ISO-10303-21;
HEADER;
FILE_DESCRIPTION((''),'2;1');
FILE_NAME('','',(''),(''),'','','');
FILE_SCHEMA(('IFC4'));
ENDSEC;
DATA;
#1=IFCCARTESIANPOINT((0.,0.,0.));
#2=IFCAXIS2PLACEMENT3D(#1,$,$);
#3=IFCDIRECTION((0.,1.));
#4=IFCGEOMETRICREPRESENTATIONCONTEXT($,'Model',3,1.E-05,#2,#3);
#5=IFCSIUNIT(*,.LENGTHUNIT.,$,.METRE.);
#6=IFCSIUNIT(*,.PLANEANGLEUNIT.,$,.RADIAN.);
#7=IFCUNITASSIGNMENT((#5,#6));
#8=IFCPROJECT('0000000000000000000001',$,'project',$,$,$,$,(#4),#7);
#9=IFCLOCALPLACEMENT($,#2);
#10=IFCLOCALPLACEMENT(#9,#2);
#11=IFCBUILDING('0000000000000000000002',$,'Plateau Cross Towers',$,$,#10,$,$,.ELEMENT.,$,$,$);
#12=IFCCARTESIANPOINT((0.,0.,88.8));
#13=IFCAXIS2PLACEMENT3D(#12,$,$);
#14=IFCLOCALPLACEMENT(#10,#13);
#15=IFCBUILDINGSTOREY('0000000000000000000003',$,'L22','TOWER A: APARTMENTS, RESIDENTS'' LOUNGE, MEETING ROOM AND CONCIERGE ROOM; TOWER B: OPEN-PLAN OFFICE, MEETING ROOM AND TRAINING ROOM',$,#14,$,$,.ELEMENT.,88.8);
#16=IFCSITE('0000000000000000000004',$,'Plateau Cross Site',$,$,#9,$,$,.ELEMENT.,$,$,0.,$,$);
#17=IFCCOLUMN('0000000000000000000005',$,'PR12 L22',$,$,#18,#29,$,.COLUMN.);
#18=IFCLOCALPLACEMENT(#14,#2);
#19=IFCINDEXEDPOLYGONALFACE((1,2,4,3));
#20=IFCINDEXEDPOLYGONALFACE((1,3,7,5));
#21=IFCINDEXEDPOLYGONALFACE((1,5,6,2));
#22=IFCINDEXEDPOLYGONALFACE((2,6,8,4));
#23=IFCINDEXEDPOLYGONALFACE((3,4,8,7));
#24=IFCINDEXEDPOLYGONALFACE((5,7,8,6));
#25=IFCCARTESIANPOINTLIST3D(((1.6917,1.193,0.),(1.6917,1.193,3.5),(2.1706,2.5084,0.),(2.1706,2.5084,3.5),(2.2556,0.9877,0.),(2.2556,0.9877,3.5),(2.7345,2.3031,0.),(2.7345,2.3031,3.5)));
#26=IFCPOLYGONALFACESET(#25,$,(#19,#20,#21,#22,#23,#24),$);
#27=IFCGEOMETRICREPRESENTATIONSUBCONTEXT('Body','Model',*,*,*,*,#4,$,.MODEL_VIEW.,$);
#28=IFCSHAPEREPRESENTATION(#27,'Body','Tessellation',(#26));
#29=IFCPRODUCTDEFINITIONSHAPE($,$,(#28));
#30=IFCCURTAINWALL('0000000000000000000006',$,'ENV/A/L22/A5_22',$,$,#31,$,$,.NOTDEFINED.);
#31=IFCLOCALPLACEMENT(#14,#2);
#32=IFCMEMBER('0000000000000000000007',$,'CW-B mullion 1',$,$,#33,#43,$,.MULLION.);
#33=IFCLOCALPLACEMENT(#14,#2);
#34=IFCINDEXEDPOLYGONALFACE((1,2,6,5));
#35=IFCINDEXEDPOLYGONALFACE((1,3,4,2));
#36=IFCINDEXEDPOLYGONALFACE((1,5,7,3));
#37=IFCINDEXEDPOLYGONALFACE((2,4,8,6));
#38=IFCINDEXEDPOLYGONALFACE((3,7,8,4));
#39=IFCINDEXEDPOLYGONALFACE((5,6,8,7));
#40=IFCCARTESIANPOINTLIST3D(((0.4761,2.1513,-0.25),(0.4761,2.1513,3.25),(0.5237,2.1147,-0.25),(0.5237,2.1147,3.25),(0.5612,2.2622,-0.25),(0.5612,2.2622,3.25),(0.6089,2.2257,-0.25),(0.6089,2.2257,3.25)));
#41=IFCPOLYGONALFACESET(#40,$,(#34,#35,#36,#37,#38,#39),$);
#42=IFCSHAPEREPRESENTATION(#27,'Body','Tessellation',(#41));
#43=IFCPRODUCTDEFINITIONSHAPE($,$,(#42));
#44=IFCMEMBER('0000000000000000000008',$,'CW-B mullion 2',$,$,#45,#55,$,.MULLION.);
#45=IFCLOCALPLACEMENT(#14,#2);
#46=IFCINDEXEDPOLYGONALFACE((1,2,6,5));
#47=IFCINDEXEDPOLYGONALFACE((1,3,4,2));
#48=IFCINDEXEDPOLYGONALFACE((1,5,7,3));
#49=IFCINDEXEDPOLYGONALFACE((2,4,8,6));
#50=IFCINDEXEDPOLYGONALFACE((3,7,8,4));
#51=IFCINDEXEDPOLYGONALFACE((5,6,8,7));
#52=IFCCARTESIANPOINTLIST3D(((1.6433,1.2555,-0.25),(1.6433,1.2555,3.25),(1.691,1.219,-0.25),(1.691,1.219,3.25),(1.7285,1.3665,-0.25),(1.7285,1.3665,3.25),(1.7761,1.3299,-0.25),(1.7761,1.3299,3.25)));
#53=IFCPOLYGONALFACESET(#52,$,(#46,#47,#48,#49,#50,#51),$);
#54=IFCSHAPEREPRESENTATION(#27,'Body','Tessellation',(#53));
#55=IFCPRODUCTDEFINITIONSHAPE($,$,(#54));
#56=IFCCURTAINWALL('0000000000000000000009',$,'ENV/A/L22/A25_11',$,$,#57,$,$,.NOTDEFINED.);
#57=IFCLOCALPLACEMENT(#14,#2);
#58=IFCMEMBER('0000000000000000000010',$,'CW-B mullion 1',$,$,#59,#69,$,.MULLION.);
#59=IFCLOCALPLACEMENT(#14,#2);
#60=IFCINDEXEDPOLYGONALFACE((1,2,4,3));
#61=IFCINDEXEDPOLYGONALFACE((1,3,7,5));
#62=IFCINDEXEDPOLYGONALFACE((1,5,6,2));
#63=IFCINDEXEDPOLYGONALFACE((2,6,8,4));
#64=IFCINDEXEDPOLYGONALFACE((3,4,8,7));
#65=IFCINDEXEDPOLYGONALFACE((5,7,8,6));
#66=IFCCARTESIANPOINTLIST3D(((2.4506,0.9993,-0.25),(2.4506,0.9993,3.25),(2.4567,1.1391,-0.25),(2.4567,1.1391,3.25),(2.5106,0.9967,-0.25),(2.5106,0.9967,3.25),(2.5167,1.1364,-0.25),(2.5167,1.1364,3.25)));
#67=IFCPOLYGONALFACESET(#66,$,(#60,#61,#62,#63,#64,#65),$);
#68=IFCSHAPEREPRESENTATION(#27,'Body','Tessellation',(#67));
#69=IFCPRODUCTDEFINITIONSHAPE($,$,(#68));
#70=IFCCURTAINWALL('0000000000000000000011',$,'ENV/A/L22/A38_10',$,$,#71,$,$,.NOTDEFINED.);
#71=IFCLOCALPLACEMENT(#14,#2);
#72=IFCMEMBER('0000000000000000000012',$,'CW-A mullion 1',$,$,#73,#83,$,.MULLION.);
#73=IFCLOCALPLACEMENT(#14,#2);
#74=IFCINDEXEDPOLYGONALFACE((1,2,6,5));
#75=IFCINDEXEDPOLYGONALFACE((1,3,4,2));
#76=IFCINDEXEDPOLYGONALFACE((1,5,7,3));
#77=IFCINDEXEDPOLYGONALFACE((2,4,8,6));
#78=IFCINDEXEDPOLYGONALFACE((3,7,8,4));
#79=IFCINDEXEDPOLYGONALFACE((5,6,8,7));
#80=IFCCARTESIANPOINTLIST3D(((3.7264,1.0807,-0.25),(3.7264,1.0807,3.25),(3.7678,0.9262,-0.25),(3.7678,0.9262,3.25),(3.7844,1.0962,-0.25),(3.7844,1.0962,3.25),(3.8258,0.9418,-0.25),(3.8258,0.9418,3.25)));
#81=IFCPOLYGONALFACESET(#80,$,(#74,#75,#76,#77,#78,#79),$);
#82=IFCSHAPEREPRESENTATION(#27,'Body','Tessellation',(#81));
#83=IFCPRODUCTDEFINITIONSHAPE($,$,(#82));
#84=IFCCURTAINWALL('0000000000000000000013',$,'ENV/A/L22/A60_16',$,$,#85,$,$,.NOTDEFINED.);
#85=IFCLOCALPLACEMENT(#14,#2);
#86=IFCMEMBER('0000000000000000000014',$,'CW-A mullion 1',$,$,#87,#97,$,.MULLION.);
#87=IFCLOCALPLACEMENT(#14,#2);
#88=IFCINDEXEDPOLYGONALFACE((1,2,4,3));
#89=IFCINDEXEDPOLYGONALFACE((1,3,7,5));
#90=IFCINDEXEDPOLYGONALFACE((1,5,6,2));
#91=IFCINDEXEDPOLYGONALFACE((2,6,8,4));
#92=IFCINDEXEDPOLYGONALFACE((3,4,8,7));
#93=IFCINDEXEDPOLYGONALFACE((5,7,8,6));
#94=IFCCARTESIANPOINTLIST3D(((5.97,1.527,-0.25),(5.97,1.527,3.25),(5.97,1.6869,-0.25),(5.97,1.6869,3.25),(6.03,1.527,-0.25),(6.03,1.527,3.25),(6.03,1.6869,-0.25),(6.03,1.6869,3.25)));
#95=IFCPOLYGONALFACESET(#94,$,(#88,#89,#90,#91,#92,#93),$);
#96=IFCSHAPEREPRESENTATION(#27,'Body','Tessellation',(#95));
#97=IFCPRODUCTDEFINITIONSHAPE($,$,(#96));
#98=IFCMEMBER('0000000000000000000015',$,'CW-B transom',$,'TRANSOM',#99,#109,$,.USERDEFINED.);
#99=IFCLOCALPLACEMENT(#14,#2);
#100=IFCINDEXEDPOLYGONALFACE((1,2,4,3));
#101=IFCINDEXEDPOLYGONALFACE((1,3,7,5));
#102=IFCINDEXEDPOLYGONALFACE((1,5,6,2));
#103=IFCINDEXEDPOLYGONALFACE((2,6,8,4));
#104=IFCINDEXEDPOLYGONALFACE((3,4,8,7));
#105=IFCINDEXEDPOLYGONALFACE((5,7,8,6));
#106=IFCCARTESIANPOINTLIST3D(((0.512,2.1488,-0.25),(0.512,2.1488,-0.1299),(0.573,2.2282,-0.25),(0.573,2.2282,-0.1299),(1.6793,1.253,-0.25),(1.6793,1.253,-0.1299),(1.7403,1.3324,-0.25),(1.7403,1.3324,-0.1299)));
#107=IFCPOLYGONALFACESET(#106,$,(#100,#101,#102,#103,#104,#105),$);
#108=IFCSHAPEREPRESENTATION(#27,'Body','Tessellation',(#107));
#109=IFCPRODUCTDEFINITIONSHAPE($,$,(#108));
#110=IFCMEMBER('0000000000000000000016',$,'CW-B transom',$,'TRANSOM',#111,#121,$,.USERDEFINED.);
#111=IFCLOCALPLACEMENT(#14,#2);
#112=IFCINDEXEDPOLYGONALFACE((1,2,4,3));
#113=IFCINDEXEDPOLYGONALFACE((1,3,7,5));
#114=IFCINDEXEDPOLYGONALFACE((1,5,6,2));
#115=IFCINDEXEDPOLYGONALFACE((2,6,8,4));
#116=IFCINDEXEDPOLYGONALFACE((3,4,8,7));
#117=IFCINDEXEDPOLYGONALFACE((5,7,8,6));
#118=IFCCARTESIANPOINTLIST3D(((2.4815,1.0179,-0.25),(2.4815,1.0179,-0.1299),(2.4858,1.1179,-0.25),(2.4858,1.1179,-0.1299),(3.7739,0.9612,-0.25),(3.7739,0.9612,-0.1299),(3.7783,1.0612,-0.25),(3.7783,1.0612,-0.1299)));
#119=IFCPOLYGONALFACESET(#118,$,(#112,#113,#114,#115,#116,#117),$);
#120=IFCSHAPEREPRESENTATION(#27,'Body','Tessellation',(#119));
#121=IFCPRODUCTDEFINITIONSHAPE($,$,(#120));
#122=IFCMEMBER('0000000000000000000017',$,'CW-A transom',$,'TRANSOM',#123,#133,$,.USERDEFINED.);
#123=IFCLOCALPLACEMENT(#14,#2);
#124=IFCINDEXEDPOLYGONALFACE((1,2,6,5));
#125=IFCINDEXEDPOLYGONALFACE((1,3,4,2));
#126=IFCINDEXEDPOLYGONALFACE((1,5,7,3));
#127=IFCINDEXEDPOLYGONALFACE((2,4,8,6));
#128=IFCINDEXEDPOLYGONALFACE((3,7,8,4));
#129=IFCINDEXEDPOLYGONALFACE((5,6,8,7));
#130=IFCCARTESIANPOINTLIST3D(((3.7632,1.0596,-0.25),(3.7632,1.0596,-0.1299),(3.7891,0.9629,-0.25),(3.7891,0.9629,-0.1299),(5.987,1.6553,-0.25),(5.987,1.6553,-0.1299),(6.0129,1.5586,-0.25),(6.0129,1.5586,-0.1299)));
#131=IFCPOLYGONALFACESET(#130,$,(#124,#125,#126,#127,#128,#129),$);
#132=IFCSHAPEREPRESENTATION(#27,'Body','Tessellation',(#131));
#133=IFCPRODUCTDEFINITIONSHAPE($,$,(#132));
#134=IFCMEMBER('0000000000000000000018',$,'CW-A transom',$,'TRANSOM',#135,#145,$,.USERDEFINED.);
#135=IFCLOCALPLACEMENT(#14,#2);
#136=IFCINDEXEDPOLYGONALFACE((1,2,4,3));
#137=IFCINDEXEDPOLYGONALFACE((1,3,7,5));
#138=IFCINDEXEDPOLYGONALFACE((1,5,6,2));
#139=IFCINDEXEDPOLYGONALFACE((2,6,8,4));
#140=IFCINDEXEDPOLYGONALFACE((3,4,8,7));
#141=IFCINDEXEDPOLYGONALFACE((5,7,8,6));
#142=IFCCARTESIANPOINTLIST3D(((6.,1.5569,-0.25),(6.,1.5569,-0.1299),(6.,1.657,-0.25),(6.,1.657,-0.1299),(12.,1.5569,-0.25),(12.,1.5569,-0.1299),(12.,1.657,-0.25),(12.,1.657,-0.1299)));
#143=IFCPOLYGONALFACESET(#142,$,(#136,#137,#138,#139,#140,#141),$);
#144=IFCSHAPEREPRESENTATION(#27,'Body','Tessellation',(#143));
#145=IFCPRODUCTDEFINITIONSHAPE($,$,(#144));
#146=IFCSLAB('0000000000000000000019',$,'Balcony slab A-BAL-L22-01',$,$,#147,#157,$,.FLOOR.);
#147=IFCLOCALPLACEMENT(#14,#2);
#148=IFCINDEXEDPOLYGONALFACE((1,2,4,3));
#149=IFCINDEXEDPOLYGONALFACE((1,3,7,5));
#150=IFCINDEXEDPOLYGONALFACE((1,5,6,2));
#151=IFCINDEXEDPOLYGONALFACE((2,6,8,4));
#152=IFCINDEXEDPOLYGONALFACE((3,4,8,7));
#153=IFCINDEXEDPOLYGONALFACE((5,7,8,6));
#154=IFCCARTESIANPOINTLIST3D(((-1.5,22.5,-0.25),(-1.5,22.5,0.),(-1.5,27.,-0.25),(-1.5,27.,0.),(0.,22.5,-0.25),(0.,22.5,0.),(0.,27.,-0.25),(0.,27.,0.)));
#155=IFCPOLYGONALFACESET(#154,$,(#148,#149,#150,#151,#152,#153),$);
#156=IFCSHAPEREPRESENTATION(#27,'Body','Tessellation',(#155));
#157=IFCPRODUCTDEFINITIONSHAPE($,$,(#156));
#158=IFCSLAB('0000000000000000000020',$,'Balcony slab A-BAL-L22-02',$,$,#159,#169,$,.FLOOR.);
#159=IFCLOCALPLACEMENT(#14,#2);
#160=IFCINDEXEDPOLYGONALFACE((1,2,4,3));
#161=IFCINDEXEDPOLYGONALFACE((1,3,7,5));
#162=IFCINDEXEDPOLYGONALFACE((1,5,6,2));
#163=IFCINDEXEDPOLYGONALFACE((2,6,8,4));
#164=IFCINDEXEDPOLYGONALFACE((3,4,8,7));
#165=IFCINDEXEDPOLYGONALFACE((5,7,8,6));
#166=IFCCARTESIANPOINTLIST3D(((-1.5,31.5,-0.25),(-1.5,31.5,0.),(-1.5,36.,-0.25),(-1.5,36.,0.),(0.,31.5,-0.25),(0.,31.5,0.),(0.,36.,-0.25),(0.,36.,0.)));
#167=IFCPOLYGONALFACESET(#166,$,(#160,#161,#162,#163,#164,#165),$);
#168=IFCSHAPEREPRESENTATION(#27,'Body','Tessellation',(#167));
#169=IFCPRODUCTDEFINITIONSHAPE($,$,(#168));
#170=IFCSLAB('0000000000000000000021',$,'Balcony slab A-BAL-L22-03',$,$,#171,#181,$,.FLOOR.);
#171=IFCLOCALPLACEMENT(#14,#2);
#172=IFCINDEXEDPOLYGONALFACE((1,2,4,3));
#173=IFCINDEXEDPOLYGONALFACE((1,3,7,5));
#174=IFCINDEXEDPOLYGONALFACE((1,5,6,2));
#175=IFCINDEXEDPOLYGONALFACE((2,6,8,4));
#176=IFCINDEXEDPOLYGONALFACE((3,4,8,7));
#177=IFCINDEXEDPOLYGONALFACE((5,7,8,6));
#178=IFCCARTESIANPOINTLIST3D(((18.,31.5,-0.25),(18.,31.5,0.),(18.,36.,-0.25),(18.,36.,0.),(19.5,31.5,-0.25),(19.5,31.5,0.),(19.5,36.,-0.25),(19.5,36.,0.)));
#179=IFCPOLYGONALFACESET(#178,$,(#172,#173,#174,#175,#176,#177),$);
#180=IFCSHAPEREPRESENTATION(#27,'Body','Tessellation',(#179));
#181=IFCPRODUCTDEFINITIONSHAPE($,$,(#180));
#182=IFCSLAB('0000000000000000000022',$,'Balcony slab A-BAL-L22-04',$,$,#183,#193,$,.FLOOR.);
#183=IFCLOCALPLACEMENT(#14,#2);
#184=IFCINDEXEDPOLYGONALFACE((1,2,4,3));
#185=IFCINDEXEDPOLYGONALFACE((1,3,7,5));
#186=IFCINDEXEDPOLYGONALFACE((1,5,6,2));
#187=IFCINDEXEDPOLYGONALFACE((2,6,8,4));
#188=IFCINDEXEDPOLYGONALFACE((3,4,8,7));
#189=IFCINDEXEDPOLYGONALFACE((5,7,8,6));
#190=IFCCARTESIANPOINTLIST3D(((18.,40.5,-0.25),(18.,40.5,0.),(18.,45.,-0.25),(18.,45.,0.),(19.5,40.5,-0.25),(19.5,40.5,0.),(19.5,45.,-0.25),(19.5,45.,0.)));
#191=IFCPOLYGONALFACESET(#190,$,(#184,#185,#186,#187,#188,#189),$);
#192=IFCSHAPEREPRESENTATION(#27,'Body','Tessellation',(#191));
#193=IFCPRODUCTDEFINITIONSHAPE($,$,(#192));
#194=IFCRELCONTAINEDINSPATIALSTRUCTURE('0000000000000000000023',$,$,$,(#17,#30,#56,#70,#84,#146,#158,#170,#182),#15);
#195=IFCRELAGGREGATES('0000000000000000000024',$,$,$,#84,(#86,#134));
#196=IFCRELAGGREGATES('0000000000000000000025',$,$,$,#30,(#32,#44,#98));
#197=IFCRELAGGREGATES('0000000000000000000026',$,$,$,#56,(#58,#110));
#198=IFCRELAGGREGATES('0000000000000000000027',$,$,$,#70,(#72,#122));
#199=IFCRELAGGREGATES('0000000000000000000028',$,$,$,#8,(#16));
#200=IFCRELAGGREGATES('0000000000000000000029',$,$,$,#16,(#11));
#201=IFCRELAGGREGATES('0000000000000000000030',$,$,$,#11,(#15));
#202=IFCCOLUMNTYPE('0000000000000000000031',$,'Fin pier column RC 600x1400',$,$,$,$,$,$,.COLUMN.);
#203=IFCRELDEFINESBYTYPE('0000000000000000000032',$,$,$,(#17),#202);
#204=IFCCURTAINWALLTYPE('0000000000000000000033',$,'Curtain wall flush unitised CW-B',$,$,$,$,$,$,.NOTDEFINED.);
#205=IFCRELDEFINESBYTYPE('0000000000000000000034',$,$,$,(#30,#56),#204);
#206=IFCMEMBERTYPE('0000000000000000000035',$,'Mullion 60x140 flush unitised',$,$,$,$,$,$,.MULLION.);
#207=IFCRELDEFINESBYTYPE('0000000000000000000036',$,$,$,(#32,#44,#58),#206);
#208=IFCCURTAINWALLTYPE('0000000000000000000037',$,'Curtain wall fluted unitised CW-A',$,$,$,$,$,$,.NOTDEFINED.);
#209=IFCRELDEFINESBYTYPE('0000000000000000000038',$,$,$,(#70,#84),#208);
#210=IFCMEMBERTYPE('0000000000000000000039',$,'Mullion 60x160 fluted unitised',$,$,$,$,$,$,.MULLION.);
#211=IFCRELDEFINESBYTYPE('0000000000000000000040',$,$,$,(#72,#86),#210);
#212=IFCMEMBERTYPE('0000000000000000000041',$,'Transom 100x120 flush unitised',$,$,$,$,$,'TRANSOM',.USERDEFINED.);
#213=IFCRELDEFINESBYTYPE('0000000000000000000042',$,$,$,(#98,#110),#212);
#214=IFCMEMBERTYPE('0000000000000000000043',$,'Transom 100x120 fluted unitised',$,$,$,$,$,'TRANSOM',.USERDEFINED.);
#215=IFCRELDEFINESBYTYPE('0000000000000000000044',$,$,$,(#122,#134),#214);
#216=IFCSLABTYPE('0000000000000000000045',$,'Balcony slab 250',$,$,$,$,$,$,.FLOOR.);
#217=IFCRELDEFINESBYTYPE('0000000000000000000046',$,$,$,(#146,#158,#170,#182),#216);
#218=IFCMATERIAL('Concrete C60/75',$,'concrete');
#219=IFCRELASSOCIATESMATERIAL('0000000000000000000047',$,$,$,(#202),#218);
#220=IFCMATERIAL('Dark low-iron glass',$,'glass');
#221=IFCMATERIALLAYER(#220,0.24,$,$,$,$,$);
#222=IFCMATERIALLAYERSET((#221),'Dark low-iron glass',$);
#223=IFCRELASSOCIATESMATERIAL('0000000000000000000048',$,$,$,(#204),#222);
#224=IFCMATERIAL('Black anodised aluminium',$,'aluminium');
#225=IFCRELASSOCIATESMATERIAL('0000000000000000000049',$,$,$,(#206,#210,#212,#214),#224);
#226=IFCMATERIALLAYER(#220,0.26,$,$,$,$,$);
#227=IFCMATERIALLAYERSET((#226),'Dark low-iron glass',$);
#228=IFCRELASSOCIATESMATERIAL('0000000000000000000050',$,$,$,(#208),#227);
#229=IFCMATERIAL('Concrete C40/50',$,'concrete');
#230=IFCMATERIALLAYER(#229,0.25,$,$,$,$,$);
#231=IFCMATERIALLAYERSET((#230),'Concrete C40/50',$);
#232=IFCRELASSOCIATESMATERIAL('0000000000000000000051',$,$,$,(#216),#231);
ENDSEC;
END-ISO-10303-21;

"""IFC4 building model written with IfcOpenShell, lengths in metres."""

from ifc_helpers import new_model, si_unit, direction, frame, origin, origin_2d, place, context, subcontext, project, spatial, polyline, rectangle, outline, extrude, material, layer, layer_set, material_profile, profile_set, type_object, element, aggregate, save


model = new_model("IFC4")

# Units and contexts
model_context = context("Model", 3, precision=1e-05, world=origin(), true_north=direction((0.0, 1.0)))
body_context = subcontext(model_context, "Body", "Model", "MODEL_VIEW")
ifc_project = project(units=[si_unit("LENGTHUNIT", "METRE"), si_unit("PLANEANGLEUNIT", "RADIAN")], contexts=[model_context])

# Site, building, storey
site_placement = place(None, origin())
site = spatial("IfcSite", under=ifc_project, at=site_placement, Name="Plateau Cross Site", CompositionType="ELEMENT", RefElevation=0.0)
building_placement = place(site_placement, origin())
building = spatial("IfcBuilding", under=site, at=building_placement, Name="Plateau Cross Towers", CompositionType="ELEMENT")
storey_placement = place(building_placement, frame((0.0, 0.0, 88.8)))
storey = spatial("IfcBuildingStorey", under=building, at=storey_placement, Name="L22", Description="TOWER A: APARTMENTS, RESIDENTS' LOUNGE, MEETING ROOM AND CONCIERGE ROOM; TOWER B: OPEN-PLAN OFFICE, MEETING ROOM AND TRAINING ROOM", CompositionType="ELEMENT", Elevation=88.8)

# Column
ifc_material_1 = material(Name="Concrete C60/75", Category="concrete")
ifc_material_profile_1 = material_profile(ifc_material_1, rectangle(XDim=0.6001, YDim=1.3999, at=origin_2d()), Name="RC 600x1400")
ifc_profile_set_1 = profile_set([ifc_material_profile_1], Name="Concrete C60/75")
column_type = type_object("IfcColumnType", Name="Fin pier column RC 600x1400", PredefinedType="COLUMN", material=ifc_profile_set_1)
column_placement = place(storey_placement, frame((2.2131, 1.748, 0.0), z_axis=(0.0, 0.0, 1.0), x_axis=(-0.939664, 0.342098, 0.0)))
element("IfcColumn", 1, at=column_placement, inside=storey, type_object=column_type, Name="PR12 L22", PredefinedType="COLUMN", context=body_context, shape_type="SweptSolid", body=[
    extrude(rectangle(XDim=0.6001, YDim=1.3999, at=origin_2d()), origin(), (0.0, 0.0, 1.0), 3.5),
])

# Curtain wall, members
ifc_material_2 = material(Name="Dark low-iron glass", Category="glass")
ifc_layer_1 = layer(ifc_material_2, 0.24)
ifc_layer_set_1 = layer_set([ifc_layer_1], Name="Dark low-iron glass")
curtain_wall_type_1 = type_object("IfcCurtainWallType", Name="Curtain wall flush unitised CW-B", PredefinedType="NOTDEFINED", material=ifc_layer_set_1)
curtain_wall_1_placement = place(storey_placement, origin())
curtain_wall_1 = element("IfcCurtainWall", 2, at=curtain_wall_1_placement, inside=storey, type_object=curtain_wall_type_1, Name="ENV/A/L22/A5_22", PredefinedType="NOTDEFINED")
ifc_material_3 = material(Name="Black anodised aluminium", Category="aluminium")
ifc_material_profile_2 = material_profile(ifc_material_3, rectangle(XDim=0.0601, YDim=0.1399, at=origin_2d()), Name="MULLION 60x140")
ifc_profile_set_2 = profile_set([ifc_material_profile_2], Name="Black anodised aluminium")
member_type_1 = type_object("IfcMemberType", Name="Mullion 60x140 flush unitised", PredefinedType="MULLION", material=ifc_profile_set_2)
member_1_placement = place(storey_placement, frame((0.5425, 2.1885, -0.25), z_axis=(0.0, 0.0, 1.0), x_axis=(0.793316, -0.608811, 0.0)))
member_1 = element("IfcMember", 3, at=member_1_placement, type_object=member_type_1, Name="CW-B mullion 1", PredefinedType="MULLION", context=body_context, shape_type="SweptSolid", body=[
    extrude(rectangle(XDim=0.0601, YDim=0.1399, at=origin_2d()), origin(), (0.0, 0.0, 1.0), 3.5),
])
member_2_placement = place(storey_placement, frame((1.7097, 1.2927, -0.25), z_axis=(0.0, 0.0, 1.0), x_axis=(0.793316, -0.608811, 0.0)))
member_2 = element("IfcMember", 4, at=member_2_placement, type_object=member_type_1, Name="CW-B mullion 2", PredefinedType="MULLION", context=body_context, shape_type="SweptSolid", body=[
    extrude(rectangle(XDim=0.0601, YDim=0.1399, at=origin_2d()), origin(), (0.0, 0.0, 1.0), 3.5),
])

# Curtain walls, members
curtain_wall_2_placement = place(storey_placement, origin())
curtain_wall_2 = element("IfcCurtainWall", 5, at=curtain_wall_2_placement, inside=storey, type_object=curtain_wall_type_1, Name="ENV/A/L22/A25_11", PredefinedType="NOTDEFINED")
member_3_placement = place(storey_placement, frame((2.4836, 1.0679, -0.25), z_axis=(0.0, 0.0, 1.0), x_axis=(0.999044, -0.043723, 0.0)))
member_3 = element("IfcMember", 6, at=member_3_placement, type_object=member_type_1, Name="CW-B mullion 1", PredefinedType="MULLION", context=body_context, shape_type="SweptSolid", body=[
    extrude(rectangle(XDim=0.0601, YDim=0.1399, at=origin_2d()), origin(), (0.0, 0.0, 1.0), 3.5),
])
ifc_layer_2 = layer(ifc_material_2, 0.26)
ifc_layer_set_2 = layer_set([ifc_layer_2], Name="Dark low-iron glass")
curtain_wall_type_2 = type_object("IfcCurtainWallType", Name="Curtain wall fluted unitised CW-A", PredefinedType="NOTDEFINED", material=ifc_layer_set_2)
curtain_wall_3_placement = place(storey_placement, origin())
curtain_wall_3 = element("IfcCurtainWall", 7, at=curtain_wall_3_placement, inside=storey, type_object=curtain_wall_type_2, Name="ENV/A/L22/A38_10", PredefinedType="NOTDEFINED")
ifc_material_profile_3 = material_profile(ifc_material_3, rectangle(XDim=0.0601, YDim=0.1599, at=origin_2d()), Name="MULLION 60x160")
ifc_profile_set_3 = profile_set([ifc_material_profile_3], Name="Black anodised aluminium")
member_type_2 = type_object("IfcMemberType", Name="Mullion 60x160 fluted unitised", PredefinedType="MULLION", material=ifc_profile_set_3)
member_4_placement = place(storey_placement, frame((3.7761, 1.0112, -0.25), z_axis=(0.0, 0.0, 1.0), x_axis=(0.965958, 0.258699, 0.0)))
member_4 = element("IfcMember", 8, at=member_4_placement, type_object=member_type_2, Name="CW-A mullion 1", PredefinedType="MULLION", context=body_context, shape_type="SweptSolid", body=[
    extrude(rectangle(XDim=0.0601, YDim=0.1599, at=origin_2d()), origin(), (0.0, 0.0, 1.0), 3.5),
])
curtain_wall_4_placement = place(storey_placement, origin())
curtain_wall_4 = element("IfcCurtainWall", 9, at=curtain_wall_4_placement, inside=storey, type_object=curtain_wall_type_2, Name="ENV/A/L22/A60_16", PredefinedType="NOTDEFINED")
member_5_placement = place(storey_placement, frame((6.0, 1.6069, -0.25), z_axis=(0.0, 0.0, 1.0), x_axis=(1.0, 0.0, 0.0)))
member_5 = element("IfcMember", 10, at=member_5_placement, type_object=member_type_2, Name="CW-A mullion 1", PredefinedType="MULLION", context=body_context, shape_type="SweptSolid", body=[
    extrude(rectangle(XDim=0.0601, YDim=0.1599, at=origin_2d()), origin(), (0.0, 0.0, 1.0), 3.5),
])

# Members
ifc_material_profile_4 = material_profile(ifc_material_3, rectangle(XDim=0.1001, YDim=0.1201, at=origin_2d()), Name="TRANSOM 100x120")
ifc_profile_set_4 = profile_set([ifc_material_profile_4], Name="Black anodised aluminium")
member_type_3 = type_object("IfcMemberType", Name="Transom 100x120 flush unitised", ElementType="TRANSOM", PredefinedType="USERDEFINED", material=ifc_profile_set_4)
member_6_placement = place(storey_placement, frame((0.5425, 2.1885, -0.1899), z_axis=(0.793321, -0.608804, 0.0), x_axis=(0.608804, 0.793321, 0.0)))
member_6 = element("IfcMember", 11, at=member_6_placement, type_object=member_type_3, Name="CW-B transom", ObjectType="TRANSOM", PredefinedType="USERDEFINED", context=body_context, shape_type="SweptSolid", body=[
    extrude(rectangle(XDim=0.1001, YDim=0.1201, at=origin_2d()), origin(), (0.0, 0.0, 1.0), 1.4714),
])
member_7_placement = place(storey_placement, frame((2.4836, 1.0679, -0.1899), z_axis=(0.999041, -0.043781, 0.0), x_axis=(0.043781, 0.999041, 0.0)))
member_7 = element("IfcMember", 12, at=member_7_placement, type_object=member_type_3, Name="CW-B transom", ObjectType="TRANSOM", PredefinedType="USERDEFINED", context=body_context, shape_type="SweptSolid", body=[
    extrude(rectangle(XDim=0.1001, YDim=0.1201, at=origin_2d()), origin(), (0.0, 0.0, 1.0), 1.2937),
])
ifc_material_profile_5 = material_profile(ifc_material_3, rectangle(XDim=0.1001, YDim=0.1201, at=origin_2d()), Name="TRANSOM 100x120")
ifc_profile_set_5 = profile_set([ifc_material_profile_5], Name="Black anodised aluminium")
member_type_4 = type_object("IfcMemberType", Name="Transom 100x120 fluted unitised", ElementType="TRANSOM", PredefinedType="USERDEFINED", material=ifc_profile_set_5)
member_8_placement = place(storey_placement, frame((3.7761, 1.0112, -0.1899), z_axis=(0.965946, 0.258745, 0.0), x_axis=(-0.258745, 0.965946, 0.0)))
member_8 = element("IfcMember", 13, at=member_8_placement, type_object=member_type_4, Name="CW-A transom", ObjectType="TRANSOM", PredefinedType="USERDEFINED", context=body_context, shape_type="SweptSolid", body=[
    extrude(rectangle(XDim=0.1001, YDim=0.1201, at=origin_2d()), origin(), (0.0, 0.0, 1.0), 2.3022),
])
member_9_placement = place(storey_placement, frame((6.0, 1.6069, -0.1899), z_axis=(1.0, 0.0, 0.0), x_axis=(0.0, 1.0, 0.0)))
member_9 = element("IfcMember", 14, at=member_9_placement, type_object=member_type_4, Name="CW-A transom", ObjectType="TRANSOM", PredefinedType="USERDEFINED", context=body_context, shape_type="SweptSolid", body=[
    extrude(rectangle(XDim=0.1001, YDim=0.1201, at=origin_2d()), origin(), (0.0, 0.0, 1.0), 6.0),
])
aggregate(curtain_wall_4, [member_5, member_9])

# Slabs
ifc_material_4 = material(Name="Concrete C40/50", Category="concrete")
ifc_layer_3 = layer(ifc_material_4, 0.25)
ifc_layer_set_3 = layer_set([ifc_layer_3], Name="Concrete C40/50")
slab_type_1 = type_object("IfcSlabType", Name="Balcony slab 250", PredefinedType="FLOOR", material=ifc_layer_set_3)
slab_1_placement = place(storey_placement, frame((0.0, 0.0, -0.25)))
element("IfcSlab", 15, at=slab_1_placement, inside=storey, type_object=slab_type_1, Name="Balcony slab A-BAL-L22-01", PredefinedType="FLOOR", context=body_context, shape_type="SweptSolid", body=[
    extrude(outline(polyline([(0.0, 22.5), (0.0, 27.0), (-1.5, 27.0), (-1.5, 22.5), (0.0, 22.5)])), origin(), (0.0, 0.0, 1.0), 0.25),
])
slab_2_placement = place(storey_placement, frame((0.0, 0.0, -0.25)))
element("IfcSlab", 16, at=slab_2_placement, inside=storey, type_object=slab_type_1, Name="Balcony slab A-BAL-L22-02", PredefinedType="FLOOR", context=body_context, shape_type="SweptSolid", body=[
    extrude(outline(polyline([(0.0, 31.5), (0.0, 36.0), (-1.5, 36.0), (-1.5, 31.5), (0.0, 31.5)])), origin(), (0.0, 0.0, 1.0), 0.25),
])
slab_3_placement = place(storey_placement, frame((0.0, 0.0, -0.25)))
element("IfcSlab", 17, at=slab_3_placement, inside=storey, type_object=slab_type_1, Name="Balcony slab A-BAL-L22-03", PredefinedType="FLOOR", context=body_context, shape_type="SweptSolid", body=[
    extrude(outline(polyline([(19.5, 31.5), (19.5, 36.0), (18.0, 36.0), (18.0, 31.5), (19.5, 31.5)])), origin(), (0.0, 0.0, 1.0), 0.25),
])
slab_4_placement = place(storey_placement, frame((0.0, 0.0, -0.25)))
element("IfcSlab", 18, at=slab_4_placement, inside=storey, type_object=slab_type_1, Name="Balcony slab A-BAL-L22-04", PredefinedType="FLOOR", context=body_context, shape_type="SweptSolid", body=[
    extrude(outline(polyline([(19.5, 40.5), (19.5, 45.0), (18.0, 45.0), (18.0, 40.5), (19.5, 40.5)])), origin(), (0.0, 0.0, 1.0), 0.25),
])

aggregate(curtain_wall_1, [member_1, member_2, member_6])
aggregate(curtain_wall_2, [member_3, member_7])
aggregate(curtain_wall_3, [member_4, member_8])

save(model, "model.ifc")
